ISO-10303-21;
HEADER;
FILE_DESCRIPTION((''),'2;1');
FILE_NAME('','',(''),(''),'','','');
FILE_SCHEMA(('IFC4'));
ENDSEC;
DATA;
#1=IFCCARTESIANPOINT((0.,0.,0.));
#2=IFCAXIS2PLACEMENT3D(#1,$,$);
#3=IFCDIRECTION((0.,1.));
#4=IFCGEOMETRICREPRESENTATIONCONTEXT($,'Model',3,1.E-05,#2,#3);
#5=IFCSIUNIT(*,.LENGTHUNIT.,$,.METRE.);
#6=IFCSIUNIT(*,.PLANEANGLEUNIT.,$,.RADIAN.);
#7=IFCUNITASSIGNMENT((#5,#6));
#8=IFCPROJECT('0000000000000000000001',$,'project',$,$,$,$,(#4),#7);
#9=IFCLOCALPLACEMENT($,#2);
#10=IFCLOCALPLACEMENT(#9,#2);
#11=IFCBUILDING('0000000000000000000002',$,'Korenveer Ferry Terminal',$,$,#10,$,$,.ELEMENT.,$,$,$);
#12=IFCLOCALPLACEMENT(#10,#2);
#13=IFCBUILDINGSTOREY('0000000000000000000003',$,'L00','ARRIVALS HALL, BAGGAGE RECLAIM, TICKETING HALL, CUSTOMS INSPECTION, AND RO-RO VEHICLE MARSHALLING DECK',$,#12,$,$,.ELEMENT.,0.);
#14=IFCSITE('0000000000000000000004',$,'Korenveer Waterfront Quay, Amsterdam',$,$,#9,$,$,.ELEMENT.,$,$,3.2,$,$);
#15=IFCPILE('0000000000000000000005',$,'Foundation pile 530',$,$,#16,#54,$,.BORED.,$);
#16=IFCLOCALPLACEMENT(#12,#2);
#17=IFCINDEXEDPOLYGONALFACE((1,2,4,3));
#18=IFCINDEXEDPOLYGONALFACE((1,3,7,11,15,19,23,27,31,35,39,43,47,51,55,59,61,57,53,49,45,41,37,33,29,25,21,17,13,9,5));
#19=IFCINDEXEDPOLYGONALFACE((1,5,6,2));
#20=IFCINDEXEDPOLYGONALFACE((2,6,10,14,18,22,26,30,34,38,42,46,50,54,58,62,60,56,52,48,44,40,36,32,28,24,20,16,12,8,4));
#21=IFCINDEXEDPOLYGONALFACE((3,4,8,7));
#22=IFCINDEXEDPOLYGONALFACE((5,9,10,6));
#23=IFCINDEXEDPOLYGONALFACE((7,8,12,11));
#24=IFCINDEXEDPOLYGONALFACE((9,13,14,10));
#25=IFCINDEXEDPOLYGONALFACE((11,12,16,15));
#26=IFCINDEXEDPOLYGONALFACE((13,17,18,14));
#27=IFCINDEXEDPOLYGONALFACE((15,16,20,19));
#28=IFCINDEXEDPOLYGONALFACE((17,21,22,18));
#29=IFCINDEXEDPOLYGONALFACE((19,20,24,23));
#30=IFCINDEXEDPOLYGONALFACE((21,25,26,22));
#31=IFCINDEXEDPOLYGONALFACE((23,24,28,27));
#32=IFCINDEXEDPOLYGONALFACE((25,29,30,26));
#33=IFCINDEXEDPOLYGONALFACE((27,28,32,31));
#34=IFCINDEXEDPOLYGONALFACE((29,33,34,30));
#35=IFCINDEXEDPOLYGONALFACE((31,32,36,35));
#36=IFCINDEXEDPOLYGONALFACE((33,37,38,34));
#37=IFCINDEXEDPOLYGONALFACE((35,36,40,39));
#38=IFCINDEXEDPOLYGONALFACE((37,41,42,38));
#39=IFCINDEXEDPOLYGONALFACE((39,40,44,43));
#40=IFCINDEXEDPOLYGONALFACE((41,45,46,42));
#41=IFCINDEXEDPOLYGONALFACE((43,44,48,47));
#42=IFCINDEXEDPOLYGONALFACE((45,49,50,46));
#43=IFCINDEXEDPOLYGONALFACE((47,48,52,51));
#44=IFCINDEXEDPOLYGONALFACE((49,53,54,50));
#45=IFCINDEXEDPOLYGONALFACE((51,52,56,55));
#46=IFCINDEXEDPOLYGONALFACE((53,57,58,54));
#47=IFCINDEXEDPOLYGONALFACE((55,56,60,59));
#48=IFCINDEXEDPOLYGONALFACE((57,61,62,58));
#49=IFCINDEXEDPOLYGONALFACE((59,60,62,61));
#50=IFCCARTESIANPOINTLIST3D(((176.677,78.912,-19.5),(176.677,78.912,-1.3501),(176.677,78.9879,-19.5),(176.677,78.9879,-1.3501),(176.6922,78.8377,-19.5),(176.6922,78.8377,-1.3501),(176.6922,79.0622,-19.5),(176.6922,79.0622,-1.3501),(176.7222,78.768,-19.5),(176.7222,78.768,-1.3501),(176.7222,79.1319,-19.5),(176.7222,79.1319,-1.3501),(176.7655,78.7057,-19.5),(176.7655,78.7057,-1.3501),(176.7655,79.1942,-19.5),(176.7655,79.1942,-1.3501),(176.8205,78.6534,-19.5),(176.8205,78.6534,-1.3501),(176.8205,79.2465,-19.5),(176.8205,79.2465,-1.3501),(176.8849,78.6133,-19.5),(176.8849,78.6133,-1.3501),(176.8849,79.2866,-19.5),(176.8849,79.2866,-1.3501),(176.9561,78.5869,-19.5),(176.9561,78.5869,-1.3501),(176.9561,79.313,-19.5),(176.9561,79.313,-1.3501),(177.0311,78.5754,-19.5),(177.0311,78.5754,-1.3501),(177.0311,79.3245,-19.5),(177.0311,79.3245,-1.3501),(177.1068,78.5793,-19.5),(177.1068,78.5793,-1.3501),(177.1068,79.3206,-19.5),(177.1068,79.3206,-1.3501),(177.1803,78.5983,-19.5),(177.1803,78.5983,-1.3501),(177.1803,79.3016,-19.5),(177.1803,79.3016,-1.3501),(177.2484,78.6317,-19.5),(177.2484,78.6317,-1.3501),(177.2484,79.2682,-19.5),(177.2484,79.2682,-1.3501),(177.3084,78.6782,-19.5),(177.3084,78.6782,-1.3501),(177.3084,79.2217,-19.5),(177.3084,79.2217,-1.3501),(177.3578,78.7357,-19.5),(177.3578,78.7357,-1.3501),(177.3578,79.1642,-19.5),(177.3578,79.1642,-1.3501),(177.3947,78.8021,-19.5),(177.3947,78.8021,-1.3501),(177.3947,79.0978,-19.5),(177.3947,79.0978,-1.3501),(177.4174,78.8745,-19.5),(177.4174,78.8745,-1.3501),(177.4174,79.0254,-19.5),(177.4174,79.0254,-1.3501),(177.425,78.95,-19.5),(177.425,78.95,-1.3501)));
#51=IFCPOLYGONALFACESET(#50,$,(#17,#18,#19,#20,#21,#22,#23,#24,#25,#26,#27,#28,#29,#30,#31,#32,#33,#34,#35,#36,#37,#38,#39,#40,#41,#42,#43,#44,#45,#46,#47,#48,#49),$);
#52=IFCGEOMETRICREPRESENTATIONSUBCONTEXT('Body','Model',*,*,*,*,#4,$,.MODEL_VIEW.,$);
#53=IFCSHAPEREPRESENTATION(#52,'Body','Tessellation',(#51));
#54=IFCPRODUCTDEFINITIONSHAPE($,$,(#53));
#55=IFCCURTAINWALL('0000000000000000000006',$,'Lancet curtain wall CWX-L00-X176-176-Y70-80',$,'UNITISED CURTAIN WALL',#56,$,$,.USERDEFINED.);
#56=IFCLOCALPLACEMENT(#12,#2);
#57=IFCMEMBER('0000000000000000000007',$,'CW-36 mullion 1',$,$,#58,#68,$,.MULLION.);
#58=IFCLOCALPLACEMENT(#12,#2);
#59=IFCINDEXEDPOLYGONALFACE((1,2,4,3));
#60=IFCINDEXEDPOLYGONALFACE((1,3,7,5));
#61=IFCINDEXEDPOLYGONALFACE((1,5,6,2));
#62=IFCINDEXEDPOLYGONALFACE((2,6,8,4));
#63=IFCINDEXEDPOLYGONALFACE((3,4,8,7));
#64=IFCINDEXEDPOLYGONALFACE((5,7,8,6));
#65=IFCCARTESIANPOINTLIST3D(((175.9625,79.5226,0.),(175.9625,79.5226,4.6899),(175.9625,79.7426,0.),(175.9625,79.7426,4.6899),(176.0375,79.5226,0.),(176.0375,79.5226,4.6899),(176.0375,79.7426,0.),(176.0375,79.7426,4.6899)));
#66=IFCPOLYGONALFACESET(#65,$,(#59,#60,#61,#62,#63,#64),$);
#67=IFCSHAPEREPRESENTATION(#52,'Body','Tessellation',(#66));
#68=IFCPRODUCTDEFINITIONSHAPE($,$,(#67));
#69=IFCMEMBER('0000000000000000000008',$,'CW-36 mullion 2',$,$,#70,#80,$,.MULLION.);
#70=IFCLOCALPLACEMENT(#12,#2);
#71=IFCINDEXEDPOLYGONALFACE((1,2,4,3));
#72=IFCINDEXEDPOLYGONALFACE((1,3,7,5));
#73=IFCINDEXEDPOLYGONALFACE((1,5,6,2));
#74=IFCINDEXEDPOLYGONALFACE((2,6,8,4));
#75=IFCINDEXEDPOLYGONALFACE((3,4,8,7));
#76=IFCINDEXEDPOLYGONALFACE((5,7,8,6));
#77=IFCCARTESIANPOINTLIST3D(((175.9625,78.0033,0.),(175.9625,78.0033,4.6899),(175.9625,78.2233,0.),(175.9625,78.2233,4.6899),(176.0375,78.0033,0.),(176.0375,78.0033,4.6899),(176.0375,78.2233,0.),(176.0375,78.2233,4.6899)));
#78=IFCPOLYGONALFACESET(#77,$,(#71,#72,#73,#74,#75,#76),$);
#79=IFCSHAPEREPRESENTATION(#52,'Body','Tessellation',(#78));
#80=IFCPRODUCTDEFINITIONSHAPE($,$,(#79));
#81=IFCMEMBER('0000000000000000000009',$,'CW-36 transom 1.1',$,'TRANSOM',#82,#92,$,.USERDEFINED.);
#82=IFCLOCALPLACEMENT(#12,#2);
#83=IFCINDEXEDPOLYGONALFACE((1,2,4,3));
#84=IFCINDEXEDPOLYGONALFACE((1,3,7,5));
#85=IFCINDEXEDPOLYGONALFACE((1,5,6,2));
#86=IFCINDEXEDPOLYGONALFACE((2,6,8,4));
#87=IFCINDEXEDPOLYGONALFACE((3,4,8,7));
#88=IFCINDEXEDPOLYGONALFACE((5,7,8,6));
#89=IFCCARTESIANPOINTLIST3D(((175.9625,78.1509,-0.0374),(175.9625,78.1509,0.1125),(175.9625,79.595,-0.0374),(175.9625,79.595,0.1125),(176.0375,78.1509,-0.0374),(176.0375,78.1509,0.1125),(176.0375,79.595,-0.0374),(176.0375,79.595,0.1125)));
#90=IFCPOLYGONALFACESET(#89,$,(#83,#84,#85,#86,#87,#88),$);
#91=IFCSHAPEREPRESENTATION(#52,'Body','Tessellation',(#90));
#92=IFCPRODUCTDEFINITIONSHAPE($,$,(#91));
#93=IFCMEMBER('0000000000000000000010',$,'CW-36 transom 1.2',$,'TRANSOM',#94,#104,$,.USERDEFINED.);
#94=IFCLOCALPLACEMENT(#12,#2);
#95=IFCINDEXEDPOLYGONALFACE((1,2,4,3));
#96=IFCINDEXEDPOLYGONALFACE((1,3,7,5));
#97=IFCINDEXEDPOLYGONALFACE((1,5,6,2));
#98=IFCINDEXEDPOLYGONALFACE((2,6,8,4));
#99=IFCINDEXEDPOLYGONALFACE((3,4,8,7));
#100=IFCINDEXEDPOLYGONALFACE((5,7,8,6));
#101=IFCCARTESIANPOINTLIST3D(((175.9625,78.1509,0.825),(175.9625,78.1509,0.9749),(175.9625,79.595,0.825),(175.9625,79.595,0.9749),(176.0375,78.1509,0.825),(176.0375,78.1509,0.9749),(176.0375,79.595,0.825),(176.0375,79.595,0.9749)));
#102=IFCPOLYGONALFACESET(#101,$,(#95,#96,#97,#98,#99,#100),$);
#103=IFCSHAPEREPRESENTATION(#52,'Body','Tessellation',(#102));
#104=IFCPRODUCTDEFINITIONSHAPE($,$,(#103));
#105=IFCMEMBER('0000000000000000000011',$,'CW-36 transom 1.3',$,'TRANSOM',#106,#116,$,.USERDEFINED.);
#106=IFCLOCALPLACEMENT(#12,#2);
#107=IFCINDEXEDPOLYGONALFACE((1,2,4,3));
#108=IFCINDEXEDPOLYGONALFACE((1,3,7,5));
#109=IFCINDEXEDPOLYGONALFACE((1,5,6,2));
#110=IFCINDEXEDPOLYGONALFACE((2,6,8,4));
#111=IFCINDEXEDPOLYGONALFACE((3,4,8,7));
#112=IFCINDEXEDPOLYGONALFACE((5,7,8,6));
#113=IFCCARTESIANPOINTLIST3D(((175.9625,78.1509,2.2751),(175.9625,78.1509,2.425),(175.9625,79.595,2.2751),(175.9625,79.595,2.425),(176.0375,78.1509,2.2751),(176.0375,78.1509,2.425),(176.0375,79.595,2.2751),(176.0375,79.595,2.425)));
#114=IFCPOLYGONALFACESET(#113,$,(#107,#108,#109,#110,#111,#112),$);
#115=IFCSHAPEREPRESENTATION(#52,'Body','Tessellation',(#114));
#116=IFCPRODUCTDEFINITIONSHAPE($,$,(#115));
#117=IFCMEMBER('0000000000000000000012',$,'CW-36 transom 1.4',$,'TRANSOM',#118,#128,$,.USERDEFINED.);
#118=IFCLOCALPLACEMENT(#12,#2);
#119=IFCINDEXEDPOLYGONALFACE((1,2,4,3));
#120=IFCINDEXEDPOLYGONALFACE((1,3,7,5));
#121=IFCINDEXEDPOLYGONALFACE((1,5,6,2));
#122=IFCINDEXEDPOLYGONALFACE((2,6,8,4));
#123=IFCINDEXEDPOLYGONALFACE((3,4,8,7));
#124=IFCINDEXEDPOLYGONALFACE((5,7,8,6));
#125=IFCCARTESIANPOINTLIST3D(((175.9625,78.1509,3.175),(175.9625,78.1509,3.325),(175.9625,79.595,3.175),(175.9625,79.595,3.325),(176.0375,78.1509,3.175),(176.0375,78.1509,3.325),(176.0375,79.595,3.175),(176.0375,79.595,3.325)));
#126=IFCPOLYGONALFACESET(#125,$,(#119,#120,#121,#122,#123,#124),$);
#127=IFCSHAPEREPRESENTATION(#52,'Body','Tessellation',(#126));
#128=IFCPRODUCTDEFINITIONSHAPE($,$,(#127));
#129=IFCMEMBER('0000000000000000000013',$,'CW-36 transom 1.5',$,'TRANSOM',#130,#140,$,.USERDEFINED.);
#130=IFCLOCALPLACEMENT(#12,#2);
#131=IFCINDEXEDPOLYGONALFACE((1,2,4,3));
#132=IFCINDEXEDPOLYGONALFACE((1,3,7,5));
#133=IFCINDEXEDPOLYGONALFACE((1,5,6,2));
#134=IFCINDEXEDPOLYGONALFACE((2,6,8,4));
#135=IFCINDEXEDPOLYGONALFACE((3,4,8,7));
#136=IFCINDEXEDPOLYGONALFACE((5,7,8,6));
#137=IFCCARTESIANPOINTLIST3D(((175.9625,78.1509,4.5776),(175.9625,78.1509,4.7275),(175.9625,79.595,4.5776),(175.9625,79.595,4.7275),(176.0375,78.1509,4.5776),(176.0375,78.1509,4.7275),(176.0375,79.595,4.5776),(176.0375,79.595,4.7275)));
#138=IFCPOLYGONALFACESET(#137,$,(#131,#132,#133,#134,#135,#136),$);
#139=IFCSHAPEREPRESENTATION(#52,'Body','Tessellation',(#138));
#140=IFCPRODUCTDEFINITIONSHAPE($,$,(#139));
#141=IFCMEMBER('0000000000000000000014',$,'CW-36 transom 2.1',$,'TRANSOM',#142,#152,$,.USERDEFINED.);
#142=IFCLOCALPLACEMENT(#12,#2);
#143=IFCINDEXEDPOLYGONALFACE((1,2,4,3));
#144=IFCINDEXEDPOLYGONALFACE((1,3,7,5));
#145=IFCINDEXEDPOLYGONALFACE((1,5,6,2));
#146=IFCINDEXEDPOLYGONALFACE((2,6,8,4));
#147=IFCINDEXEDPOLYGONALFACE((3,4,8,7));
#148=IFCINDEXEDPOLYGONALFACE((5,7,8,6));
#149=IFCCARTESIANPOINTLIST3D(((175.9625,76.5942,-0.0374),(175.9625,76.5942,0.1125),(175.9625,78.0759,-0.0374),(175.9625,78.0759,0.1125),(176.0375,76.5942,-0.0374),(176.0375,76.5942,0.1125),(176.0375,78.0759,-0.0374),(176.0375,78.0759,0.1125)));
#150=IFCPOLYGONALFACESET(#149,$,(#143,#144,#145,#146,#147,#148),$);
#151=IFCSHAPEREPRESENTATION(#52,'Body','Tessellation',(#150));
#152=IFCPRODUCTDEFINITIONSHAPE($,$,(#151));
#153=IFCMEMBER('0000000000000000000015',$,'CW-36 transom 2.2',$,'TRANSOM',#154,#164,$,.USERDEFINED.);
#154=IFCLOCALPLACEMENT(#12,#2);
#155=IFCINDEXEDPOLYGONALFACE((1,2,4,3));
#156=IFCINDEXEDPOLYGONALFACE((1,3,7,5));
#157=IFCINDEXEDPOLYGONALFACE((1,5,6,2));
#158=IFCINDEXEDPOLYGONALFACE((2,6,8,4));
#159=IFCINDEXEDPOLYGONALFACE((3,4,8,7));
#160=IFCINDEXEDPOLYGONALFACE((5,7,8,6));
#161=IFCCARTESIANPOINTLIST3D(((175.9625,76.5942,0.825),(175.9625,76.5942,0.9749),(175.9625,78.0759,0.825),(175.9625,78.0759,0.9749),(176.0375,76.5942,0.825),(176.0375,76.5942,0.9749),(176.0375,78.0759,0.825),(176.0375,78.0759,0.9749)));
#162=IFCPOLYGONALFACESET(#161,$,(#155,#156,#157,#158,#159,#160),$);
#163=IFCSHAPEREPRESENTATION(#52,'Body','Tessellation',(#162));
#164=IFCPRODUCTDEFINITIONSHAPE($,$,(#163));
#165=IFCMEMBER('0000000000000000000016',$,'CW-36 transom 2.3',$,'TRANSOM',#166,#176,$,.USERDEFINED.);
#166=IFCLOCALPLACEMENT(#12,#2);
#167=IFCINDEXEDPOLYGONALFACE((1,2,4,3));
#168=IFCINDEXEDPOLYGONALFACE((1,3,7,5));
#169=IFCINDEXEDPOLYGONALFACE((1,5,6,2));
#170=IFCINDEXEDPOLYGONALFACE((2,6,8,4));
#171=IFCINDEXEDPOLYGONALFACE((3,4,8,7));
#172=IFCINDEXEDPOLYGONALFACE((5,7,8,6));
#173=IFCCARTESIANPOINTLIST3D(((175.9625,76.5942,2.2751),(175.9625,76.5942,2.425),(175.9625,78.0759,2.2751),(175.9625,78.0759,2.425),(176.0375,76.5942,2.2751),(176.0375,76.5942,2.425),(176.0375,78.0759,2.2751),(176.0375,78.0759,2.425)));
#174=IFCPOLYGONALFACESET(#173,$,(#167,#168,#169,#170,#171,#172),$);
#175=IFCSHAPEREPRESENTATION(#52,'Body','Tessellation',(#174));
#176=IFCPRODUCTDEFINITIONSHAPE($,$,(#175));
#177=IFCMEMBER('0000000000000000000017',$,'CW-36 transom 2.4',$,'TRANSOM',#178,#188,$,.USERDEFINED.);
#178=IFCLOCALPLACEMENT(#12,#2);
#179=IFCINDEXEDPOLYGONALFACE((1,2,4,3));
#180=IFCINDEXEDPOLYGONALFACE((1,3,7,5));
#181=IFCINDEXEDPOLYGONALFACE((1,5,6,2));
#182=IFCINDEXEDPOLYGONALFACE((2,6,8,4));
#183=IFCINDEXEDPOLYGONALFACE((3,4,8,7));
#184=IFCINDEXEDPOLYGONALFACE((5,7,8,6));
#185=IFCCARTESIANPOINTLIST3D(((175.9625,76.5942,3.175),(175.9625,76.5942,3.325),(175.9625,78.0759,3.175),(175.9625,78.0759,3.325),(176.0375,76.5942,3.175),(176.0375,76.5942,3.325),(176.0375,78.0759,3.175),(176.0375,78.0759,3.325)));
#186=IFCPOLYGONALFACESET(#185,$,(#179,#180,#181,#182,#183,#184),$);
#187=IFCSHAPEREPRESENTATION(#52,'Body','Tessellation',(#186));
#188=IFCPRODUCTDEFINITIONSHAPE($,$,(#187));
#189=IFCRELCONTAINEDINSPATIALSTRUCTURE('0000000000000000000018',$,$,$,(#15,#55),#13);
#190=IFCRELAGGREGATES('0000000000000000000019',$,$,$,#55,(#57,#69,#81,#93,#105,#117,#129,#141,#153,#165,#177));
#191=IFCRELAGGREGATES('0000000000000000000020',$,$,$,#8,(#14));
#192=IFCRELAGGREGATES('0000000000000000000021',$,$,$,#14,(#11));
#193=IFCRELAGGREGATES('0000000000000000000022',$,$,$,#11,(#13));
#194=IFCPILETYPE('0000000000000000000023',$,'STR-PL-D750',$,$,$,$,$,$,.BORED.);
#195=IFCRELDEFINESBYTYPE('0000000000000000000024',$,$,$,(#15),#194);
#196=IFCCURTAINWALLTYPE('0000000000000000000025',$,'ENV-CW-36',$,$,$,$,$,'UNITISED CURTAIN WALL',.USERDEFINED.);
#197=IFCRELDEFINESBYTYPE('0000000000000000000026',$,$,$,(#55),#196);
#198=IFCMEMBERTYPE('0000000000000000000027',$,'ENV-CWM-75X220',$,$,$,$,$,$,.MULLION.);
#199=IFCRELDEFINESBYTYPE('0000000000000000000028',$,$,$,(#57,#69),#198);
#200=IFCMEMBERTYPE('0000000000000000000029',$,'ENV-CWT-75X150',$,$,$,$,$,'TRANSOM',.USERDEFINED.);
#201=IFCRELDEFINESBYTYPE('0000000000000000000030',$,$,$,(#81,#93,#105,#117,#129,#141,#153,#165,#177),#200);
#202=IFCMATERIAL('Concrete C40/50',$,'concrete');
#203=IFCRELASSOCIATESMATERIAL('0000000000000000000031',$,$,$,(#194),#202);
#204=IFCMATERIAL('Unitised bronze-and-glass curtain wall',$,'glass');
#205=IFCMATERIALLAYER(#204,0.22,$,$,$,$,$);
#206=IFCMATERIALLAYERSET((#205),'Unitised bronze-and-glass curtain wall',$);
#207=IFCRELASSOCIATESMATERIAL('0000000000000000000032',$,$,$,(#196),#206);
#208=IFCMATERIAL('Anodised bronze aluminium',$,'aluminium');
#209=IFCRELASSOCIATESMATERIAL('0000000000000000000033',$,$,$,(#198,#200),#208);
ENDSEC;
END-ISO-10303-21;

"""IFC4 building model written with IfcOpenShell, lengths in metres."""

from ifc_helpers import new_model, si_unit, direction, frame, origin, origin_2d, place, context, subcontext, project, spatial, rectangle, circle, extrude, material, layer, layer_set, material_profile, profile_set, type_object, element, aggregate, save


model = new_model("IFC4")

# Units and contexts
model_context = context("Model", 3, precision=1e-05, world=origin(), true_north=direction((0.0, 1.0)))
body_context = subcontext(model_context, "Body", "Model", "MODEL_VIEW")
ifc_project = project(units=[si_unit("LENGTHUNIT", "METRE"), si_unit("PLANEANGLEUNIT", "RADIAN")], contexts=[model_context])

# Site, building, storey
site_placement = place(None, origin())
site = spatial("IfcSite", under=ifc_project, at=site_placement, Name="Korenveer Waterfront Quay, Amsterdam", CompositionType="ELEMENT", RefElevation=3.2)
building_placement = place(site_placement, origin())
building = spatial("IfcBuilding", under=site, at=building_placement, Name="Korenveer Ferry Terminal", CompositionType="ELEMENT")
storey_placement = place(building_placement, origin())
storey = spatial("IfcBuildingStorey", under=building, at=storey_placement, Name="L00", Description="ARRIVALS HALL, BAGGAGE RECLAIM, TICKETING HALL, CUSTOMS INSPECTION, AND RO-RO VEHICLE MARSHALLING DECK", CompositionType="ELEMENT", Elevation=0.0)

# Pile
ifc_material_1 = material(Name="Concrete C40/50", Category="concrete")
ifc_material_profile_1 = material_profile(ifc_material_1, circle(Radius=0.375, at=origin_2d()), Name="PILE D750")
ifc_profile_set_1 = profile_set([ifc_material_profile_1], Name="Concrete C40/50")
pile_type = type_object("IfcPileType", Name="STR-PL-D750", PredefinedType="BORED", material=ifc_profile_set_1)
pile_placement = place(storey_placement, frame((177.05, 78.95, -1.3501), z_axis=(0.0, 0.0, -1.0), x_axis=(1.0, 0.0, 0.0)))
element("IfcPile", 1, at=pile_placement, inside=storey, type_object=pile_type, Name="Foundation pile 530", PredefinedType="BORED", context=body_context, shape_type="SweptSolid", body=[
    extrude(circle(Radius=0.375, at=origin_2d()), origin(), (0.0, 0.0, 1.0), 18.1499),
])

# Curtain wall, members
ifc_material_2 = material(Name="Unitised bronze-and-glass curtain wall", Category="glass")
ifc_layer_1 = layer(ifc_material_2, 0.22)
ifc_layer_set_1 = layer_set([ifc_layer_1], Name="Unitised bronze-and-glass curtain wall")
curtain_wall_type = type_object("IfcCurtainWallType", Name="ENV-CW-36", ElementType="UNITISED CURTAIN WALL", PredefinedType="USERDEFINED", material=ifc_layer_set_1)
curtain_wall_placement = place(storey_placement, frame((176.0, 79.6699, 0.0)))
curtain_wall = element("IfcCurtainWall", 2, at=curtain_wall_placement, inside=storey, type_object=curtain_wall_type, Name="Lancet curtain wall CWX-L00-X176-176-Y70-80", ObjectType="UNITISED CURTAIN WALL", PredefinedType="USERDEFINED")
ifc_material_3 = material(Name="Anodised bronze aluminium", Category="aluminium")
ifc_material_profile_2 = material_profile(ifc_material_3, rectangle(XDim=0.075, YDim=0.22, at=origin_2d()), Name="ALU 75x220")
ifc_profile_set_2 = profile_set([ifc_material_profile_2], Name="Anodised bronze aluminium")
member_type_1 = type_object("IfcMemberType", Name="ENV-CWM-75X220", PredefinedType="MULLION", material=ifc_profile_set_2)
member_1_placement = place(storey_placement, frame((176.0, 79.6326, 0.0), z_axis=(0.0, 0.0, 1.0), x_axis=(1.0, 0.0, 0.0)))
member_1 = element("IfcMember", 3, at=member_1_placement, type_object=member_type_1, Name="CW-36 mullion 1", PredefinedType="MULLION", context=body_context, shape_type="SweptSolid", body=[
    extrude(rectangle(XDim=0.075, YDim=0.22, at=origin_2d()), origin(), (0.0, 0.0, 1.0), 4.6899),
])
member_2_placement = place(storey_placement, frame((176.0, 78.1133, 0.0), z_axis=(0.0, 0.0, 1.0), x_axis=(1.0, 0.0, 0.0)))
member_2 = element("IfcMember", 4, at=member_2_placement, type_object=member_type_1, Name="CW-36 mullion 2", PredefinedType="MULLION", context=body_context, shape_type="SweptSolid", body=[
    extrude(rectangle(XDim=0.075, YDim=0.22, at=origin_2d()), origin(), (0.0, 0.0, 1.0), 4.6899),
])
ifc_material_profile_3 = material_profile(ifc_material_3, rectangle(XDim=0.075, YDim=0.1499, at=origin_2d()), Name="ALU 75x150")
ifc_profile_set_3 = profile_set([ifc_material_profile_3], Name="Anodised bronze aluminium")
member_type_2 = type_object("IfcMemberType", Name="ENV-CWT-75X150", ElementType="TRANSOM", PredefinedType="USERDEFINED", material=ifc_profile_set_3)
member_3_placement = place(storey_placement, frame((176.0, 79.595, 0.0376), z_axis=(0.0, -1.0, 0.0), x_axis=(1.0, 0.0, 0.0)))
member_3 = element("IfcMember", 5, at=member_3_placement, type_object=member_type_2, Name="CW-36 transom 1.1", ObjectType="TRANSOM", PredefinedType="USERDEFINED", context=body_context, shape_type="SweptSolid", body=[
    extrude(rectangle(XDim=0.075, YDim=0.1499, at=origin_2d()), origin(), (0.0, 0.0, 1.0), 1.4441),
])
member_4_placement = place(storey_placement, frame((176.0, 79.595, 0.8999), z_axis=(0.0, -1.0, 0.0), x_axis=(1.0, 0.0, 0.0)))
member_4 = element("IfcMember", 6, at=member_4_placement, type_object=member_type_2, Name="CW-36 transom 1.2", ObjectType="TRANSOM", PredefinedType="USERDEFINED", context=body_context, shape_type="SweptSolid", body=[
    extrude(rectangle(XDim=0.075, YDim=0.1499, at=origin_2d()), origin(), (0.0, 0.0, 1.0), 1.4441),
])
member_5_placement = place(storey_placement, frame((176.0, 79.595, 2.3501), z_axis=(0.0, -1.0, 0.0), x_axis=(1.0, 0.0, 0.0)))
member_5 = element("IfcMember", 7, at=member_5_placement, type_object=member_type_2, Name="CW-36 transom 1.3", ObjectType="TRANSOM", PredefinedType="USERDEFINED", context=body_context, shape_type="SweptSolid", body=[
    extrude(rectangle(XDim=0.075, YDim=0.1499, at=origin_2d()), origin(), (0.0, 0.0, 1.0), 1.4441),
])
member_6_placement = place(storey_placement, frame((176.0, 79.595, 3.25), z_axis=(0.0, -1.0, 0.0), x_axis=(1.0, 0.0, 0.0)))
member_6 = element("IfcMember", 8, at=member_6_placement, type_object=member_type_2, Name="CW-36 transom 1.4", ObjectType="TRANSOM", PredefinedType="USERDEFINED", context=body_context, shape_type="SweptSolid", body=[
    extrude(rectangle(XDim=0.075, YDim=0.1499, at=origin_2d()), origin(), (0.0, 0.0, 1.0), 1.4441),
])
member_7_placement = place(storey_placement, frame((176.0, 79.595, 4.6526), z_axis=(0.0, -1.0, 0.0), x_axis=(1.0, 0.0, 0.0)))
member_7 = element("IfcMember", 9, at=member_7_placement, type_object=member_type_2, Name="CW-36 transom 1.5", ObjectType="TRANSOM", PredefinedType="USERDEFINED", context=body_context, shape_type="SweptSolid", body=[
    extrude(rectangle(XDim=0.075, YDim=0.1499, at=origin_2d()), origin(), (0.0, 0.0, 1.0), 1.4441),
])
member_8_placement = place(storey_placement, frame((176.0, 78.0759, 0.0376), z_axis=(0.0, -1.0, 0.0), x_axis=(1.0, 0.0, 0.0)))
member_8 = element("IfcMember", 10, at=member_8_placement, type_object=member_type_2, Name="CW-36 transom 2.1", ObjectType="TRANSOM", PredefinedType="USERDEFINED", context=body_context, shape_type="SweptSolid", body=[
    extrude(rectangle(XDim=0.075, YDim=0.1499, at=origin_2d()), origin(), (0.0, 0.0, 1.0), 1.4817),
])
member_9_placement = place(storey_placement, frame((176.0, 78.0759, 0.8999), z_axis=(0.0, -1.0, 0.0), x_axis=(1.0, 0.0, 0.0)))
member_9 = element("IfcMember", 11, at=member_9_placement, type_object=member_type_2, Name="CW-36 transom 2.2", ObjectType="TRANSOM", PredefinedType="USERDEFINED", context=body_context, shape_type="SweptSolid", body=[
    extrude(rectangle(XDim=0.075, YDim=0.1499, at=origin_2d()), origin(), (0.0, 0.0, 1.0), 1.4817),
])
member_10_placement = place(storey_placement, frame((176.0, 78.0759, 2.3501), z_axis=(0.0, -1.0, 0.0), x_axis=(1.0, 0.0, 0.0)))
member_10 = element("IfcMember", 12, at=member_10_placement, type_object=member_type_2, Name="CW-36 transom 2.3", ObjectType="TRANSOM", PredefinedType="USERDEFINED", context=body_context, shape_type="SweptSolid", body=[
    extrude(rectangle(XDim=0.075, YDim=0.1499, at=origin_2d()), origin(), (0.0, 0.0, 1.0), 1.4817),
])
member_11_placement = place(storey_placement, frame((176.0, 78.0759, 3.25), z_axis=(0.0, -1.0, 0.0), x_axis=(1.0, 0.0, 0.0)))
member_11 = element("IfcMember", 13, at=member_11_placement, type_object=member_type_2, Name="CW-36 transom 2.4", ObjectType="TRANSOM", PredefinedType="USERDEFINED", context=body_context, shape_type="SweptSolid", body=[
    extrude(rectangle(XDim=0.075, YDim=0.1499, at=origin_2d()), origin(), (0.0, 0.0, 1.0), 1.4817),
])
aggregate(curtain_wall, [member_1, member_2, member_3, member_4, member_5, member_6, member_7, member_8, member_9, member_10, member_11])

save(model, "model.ifc")
